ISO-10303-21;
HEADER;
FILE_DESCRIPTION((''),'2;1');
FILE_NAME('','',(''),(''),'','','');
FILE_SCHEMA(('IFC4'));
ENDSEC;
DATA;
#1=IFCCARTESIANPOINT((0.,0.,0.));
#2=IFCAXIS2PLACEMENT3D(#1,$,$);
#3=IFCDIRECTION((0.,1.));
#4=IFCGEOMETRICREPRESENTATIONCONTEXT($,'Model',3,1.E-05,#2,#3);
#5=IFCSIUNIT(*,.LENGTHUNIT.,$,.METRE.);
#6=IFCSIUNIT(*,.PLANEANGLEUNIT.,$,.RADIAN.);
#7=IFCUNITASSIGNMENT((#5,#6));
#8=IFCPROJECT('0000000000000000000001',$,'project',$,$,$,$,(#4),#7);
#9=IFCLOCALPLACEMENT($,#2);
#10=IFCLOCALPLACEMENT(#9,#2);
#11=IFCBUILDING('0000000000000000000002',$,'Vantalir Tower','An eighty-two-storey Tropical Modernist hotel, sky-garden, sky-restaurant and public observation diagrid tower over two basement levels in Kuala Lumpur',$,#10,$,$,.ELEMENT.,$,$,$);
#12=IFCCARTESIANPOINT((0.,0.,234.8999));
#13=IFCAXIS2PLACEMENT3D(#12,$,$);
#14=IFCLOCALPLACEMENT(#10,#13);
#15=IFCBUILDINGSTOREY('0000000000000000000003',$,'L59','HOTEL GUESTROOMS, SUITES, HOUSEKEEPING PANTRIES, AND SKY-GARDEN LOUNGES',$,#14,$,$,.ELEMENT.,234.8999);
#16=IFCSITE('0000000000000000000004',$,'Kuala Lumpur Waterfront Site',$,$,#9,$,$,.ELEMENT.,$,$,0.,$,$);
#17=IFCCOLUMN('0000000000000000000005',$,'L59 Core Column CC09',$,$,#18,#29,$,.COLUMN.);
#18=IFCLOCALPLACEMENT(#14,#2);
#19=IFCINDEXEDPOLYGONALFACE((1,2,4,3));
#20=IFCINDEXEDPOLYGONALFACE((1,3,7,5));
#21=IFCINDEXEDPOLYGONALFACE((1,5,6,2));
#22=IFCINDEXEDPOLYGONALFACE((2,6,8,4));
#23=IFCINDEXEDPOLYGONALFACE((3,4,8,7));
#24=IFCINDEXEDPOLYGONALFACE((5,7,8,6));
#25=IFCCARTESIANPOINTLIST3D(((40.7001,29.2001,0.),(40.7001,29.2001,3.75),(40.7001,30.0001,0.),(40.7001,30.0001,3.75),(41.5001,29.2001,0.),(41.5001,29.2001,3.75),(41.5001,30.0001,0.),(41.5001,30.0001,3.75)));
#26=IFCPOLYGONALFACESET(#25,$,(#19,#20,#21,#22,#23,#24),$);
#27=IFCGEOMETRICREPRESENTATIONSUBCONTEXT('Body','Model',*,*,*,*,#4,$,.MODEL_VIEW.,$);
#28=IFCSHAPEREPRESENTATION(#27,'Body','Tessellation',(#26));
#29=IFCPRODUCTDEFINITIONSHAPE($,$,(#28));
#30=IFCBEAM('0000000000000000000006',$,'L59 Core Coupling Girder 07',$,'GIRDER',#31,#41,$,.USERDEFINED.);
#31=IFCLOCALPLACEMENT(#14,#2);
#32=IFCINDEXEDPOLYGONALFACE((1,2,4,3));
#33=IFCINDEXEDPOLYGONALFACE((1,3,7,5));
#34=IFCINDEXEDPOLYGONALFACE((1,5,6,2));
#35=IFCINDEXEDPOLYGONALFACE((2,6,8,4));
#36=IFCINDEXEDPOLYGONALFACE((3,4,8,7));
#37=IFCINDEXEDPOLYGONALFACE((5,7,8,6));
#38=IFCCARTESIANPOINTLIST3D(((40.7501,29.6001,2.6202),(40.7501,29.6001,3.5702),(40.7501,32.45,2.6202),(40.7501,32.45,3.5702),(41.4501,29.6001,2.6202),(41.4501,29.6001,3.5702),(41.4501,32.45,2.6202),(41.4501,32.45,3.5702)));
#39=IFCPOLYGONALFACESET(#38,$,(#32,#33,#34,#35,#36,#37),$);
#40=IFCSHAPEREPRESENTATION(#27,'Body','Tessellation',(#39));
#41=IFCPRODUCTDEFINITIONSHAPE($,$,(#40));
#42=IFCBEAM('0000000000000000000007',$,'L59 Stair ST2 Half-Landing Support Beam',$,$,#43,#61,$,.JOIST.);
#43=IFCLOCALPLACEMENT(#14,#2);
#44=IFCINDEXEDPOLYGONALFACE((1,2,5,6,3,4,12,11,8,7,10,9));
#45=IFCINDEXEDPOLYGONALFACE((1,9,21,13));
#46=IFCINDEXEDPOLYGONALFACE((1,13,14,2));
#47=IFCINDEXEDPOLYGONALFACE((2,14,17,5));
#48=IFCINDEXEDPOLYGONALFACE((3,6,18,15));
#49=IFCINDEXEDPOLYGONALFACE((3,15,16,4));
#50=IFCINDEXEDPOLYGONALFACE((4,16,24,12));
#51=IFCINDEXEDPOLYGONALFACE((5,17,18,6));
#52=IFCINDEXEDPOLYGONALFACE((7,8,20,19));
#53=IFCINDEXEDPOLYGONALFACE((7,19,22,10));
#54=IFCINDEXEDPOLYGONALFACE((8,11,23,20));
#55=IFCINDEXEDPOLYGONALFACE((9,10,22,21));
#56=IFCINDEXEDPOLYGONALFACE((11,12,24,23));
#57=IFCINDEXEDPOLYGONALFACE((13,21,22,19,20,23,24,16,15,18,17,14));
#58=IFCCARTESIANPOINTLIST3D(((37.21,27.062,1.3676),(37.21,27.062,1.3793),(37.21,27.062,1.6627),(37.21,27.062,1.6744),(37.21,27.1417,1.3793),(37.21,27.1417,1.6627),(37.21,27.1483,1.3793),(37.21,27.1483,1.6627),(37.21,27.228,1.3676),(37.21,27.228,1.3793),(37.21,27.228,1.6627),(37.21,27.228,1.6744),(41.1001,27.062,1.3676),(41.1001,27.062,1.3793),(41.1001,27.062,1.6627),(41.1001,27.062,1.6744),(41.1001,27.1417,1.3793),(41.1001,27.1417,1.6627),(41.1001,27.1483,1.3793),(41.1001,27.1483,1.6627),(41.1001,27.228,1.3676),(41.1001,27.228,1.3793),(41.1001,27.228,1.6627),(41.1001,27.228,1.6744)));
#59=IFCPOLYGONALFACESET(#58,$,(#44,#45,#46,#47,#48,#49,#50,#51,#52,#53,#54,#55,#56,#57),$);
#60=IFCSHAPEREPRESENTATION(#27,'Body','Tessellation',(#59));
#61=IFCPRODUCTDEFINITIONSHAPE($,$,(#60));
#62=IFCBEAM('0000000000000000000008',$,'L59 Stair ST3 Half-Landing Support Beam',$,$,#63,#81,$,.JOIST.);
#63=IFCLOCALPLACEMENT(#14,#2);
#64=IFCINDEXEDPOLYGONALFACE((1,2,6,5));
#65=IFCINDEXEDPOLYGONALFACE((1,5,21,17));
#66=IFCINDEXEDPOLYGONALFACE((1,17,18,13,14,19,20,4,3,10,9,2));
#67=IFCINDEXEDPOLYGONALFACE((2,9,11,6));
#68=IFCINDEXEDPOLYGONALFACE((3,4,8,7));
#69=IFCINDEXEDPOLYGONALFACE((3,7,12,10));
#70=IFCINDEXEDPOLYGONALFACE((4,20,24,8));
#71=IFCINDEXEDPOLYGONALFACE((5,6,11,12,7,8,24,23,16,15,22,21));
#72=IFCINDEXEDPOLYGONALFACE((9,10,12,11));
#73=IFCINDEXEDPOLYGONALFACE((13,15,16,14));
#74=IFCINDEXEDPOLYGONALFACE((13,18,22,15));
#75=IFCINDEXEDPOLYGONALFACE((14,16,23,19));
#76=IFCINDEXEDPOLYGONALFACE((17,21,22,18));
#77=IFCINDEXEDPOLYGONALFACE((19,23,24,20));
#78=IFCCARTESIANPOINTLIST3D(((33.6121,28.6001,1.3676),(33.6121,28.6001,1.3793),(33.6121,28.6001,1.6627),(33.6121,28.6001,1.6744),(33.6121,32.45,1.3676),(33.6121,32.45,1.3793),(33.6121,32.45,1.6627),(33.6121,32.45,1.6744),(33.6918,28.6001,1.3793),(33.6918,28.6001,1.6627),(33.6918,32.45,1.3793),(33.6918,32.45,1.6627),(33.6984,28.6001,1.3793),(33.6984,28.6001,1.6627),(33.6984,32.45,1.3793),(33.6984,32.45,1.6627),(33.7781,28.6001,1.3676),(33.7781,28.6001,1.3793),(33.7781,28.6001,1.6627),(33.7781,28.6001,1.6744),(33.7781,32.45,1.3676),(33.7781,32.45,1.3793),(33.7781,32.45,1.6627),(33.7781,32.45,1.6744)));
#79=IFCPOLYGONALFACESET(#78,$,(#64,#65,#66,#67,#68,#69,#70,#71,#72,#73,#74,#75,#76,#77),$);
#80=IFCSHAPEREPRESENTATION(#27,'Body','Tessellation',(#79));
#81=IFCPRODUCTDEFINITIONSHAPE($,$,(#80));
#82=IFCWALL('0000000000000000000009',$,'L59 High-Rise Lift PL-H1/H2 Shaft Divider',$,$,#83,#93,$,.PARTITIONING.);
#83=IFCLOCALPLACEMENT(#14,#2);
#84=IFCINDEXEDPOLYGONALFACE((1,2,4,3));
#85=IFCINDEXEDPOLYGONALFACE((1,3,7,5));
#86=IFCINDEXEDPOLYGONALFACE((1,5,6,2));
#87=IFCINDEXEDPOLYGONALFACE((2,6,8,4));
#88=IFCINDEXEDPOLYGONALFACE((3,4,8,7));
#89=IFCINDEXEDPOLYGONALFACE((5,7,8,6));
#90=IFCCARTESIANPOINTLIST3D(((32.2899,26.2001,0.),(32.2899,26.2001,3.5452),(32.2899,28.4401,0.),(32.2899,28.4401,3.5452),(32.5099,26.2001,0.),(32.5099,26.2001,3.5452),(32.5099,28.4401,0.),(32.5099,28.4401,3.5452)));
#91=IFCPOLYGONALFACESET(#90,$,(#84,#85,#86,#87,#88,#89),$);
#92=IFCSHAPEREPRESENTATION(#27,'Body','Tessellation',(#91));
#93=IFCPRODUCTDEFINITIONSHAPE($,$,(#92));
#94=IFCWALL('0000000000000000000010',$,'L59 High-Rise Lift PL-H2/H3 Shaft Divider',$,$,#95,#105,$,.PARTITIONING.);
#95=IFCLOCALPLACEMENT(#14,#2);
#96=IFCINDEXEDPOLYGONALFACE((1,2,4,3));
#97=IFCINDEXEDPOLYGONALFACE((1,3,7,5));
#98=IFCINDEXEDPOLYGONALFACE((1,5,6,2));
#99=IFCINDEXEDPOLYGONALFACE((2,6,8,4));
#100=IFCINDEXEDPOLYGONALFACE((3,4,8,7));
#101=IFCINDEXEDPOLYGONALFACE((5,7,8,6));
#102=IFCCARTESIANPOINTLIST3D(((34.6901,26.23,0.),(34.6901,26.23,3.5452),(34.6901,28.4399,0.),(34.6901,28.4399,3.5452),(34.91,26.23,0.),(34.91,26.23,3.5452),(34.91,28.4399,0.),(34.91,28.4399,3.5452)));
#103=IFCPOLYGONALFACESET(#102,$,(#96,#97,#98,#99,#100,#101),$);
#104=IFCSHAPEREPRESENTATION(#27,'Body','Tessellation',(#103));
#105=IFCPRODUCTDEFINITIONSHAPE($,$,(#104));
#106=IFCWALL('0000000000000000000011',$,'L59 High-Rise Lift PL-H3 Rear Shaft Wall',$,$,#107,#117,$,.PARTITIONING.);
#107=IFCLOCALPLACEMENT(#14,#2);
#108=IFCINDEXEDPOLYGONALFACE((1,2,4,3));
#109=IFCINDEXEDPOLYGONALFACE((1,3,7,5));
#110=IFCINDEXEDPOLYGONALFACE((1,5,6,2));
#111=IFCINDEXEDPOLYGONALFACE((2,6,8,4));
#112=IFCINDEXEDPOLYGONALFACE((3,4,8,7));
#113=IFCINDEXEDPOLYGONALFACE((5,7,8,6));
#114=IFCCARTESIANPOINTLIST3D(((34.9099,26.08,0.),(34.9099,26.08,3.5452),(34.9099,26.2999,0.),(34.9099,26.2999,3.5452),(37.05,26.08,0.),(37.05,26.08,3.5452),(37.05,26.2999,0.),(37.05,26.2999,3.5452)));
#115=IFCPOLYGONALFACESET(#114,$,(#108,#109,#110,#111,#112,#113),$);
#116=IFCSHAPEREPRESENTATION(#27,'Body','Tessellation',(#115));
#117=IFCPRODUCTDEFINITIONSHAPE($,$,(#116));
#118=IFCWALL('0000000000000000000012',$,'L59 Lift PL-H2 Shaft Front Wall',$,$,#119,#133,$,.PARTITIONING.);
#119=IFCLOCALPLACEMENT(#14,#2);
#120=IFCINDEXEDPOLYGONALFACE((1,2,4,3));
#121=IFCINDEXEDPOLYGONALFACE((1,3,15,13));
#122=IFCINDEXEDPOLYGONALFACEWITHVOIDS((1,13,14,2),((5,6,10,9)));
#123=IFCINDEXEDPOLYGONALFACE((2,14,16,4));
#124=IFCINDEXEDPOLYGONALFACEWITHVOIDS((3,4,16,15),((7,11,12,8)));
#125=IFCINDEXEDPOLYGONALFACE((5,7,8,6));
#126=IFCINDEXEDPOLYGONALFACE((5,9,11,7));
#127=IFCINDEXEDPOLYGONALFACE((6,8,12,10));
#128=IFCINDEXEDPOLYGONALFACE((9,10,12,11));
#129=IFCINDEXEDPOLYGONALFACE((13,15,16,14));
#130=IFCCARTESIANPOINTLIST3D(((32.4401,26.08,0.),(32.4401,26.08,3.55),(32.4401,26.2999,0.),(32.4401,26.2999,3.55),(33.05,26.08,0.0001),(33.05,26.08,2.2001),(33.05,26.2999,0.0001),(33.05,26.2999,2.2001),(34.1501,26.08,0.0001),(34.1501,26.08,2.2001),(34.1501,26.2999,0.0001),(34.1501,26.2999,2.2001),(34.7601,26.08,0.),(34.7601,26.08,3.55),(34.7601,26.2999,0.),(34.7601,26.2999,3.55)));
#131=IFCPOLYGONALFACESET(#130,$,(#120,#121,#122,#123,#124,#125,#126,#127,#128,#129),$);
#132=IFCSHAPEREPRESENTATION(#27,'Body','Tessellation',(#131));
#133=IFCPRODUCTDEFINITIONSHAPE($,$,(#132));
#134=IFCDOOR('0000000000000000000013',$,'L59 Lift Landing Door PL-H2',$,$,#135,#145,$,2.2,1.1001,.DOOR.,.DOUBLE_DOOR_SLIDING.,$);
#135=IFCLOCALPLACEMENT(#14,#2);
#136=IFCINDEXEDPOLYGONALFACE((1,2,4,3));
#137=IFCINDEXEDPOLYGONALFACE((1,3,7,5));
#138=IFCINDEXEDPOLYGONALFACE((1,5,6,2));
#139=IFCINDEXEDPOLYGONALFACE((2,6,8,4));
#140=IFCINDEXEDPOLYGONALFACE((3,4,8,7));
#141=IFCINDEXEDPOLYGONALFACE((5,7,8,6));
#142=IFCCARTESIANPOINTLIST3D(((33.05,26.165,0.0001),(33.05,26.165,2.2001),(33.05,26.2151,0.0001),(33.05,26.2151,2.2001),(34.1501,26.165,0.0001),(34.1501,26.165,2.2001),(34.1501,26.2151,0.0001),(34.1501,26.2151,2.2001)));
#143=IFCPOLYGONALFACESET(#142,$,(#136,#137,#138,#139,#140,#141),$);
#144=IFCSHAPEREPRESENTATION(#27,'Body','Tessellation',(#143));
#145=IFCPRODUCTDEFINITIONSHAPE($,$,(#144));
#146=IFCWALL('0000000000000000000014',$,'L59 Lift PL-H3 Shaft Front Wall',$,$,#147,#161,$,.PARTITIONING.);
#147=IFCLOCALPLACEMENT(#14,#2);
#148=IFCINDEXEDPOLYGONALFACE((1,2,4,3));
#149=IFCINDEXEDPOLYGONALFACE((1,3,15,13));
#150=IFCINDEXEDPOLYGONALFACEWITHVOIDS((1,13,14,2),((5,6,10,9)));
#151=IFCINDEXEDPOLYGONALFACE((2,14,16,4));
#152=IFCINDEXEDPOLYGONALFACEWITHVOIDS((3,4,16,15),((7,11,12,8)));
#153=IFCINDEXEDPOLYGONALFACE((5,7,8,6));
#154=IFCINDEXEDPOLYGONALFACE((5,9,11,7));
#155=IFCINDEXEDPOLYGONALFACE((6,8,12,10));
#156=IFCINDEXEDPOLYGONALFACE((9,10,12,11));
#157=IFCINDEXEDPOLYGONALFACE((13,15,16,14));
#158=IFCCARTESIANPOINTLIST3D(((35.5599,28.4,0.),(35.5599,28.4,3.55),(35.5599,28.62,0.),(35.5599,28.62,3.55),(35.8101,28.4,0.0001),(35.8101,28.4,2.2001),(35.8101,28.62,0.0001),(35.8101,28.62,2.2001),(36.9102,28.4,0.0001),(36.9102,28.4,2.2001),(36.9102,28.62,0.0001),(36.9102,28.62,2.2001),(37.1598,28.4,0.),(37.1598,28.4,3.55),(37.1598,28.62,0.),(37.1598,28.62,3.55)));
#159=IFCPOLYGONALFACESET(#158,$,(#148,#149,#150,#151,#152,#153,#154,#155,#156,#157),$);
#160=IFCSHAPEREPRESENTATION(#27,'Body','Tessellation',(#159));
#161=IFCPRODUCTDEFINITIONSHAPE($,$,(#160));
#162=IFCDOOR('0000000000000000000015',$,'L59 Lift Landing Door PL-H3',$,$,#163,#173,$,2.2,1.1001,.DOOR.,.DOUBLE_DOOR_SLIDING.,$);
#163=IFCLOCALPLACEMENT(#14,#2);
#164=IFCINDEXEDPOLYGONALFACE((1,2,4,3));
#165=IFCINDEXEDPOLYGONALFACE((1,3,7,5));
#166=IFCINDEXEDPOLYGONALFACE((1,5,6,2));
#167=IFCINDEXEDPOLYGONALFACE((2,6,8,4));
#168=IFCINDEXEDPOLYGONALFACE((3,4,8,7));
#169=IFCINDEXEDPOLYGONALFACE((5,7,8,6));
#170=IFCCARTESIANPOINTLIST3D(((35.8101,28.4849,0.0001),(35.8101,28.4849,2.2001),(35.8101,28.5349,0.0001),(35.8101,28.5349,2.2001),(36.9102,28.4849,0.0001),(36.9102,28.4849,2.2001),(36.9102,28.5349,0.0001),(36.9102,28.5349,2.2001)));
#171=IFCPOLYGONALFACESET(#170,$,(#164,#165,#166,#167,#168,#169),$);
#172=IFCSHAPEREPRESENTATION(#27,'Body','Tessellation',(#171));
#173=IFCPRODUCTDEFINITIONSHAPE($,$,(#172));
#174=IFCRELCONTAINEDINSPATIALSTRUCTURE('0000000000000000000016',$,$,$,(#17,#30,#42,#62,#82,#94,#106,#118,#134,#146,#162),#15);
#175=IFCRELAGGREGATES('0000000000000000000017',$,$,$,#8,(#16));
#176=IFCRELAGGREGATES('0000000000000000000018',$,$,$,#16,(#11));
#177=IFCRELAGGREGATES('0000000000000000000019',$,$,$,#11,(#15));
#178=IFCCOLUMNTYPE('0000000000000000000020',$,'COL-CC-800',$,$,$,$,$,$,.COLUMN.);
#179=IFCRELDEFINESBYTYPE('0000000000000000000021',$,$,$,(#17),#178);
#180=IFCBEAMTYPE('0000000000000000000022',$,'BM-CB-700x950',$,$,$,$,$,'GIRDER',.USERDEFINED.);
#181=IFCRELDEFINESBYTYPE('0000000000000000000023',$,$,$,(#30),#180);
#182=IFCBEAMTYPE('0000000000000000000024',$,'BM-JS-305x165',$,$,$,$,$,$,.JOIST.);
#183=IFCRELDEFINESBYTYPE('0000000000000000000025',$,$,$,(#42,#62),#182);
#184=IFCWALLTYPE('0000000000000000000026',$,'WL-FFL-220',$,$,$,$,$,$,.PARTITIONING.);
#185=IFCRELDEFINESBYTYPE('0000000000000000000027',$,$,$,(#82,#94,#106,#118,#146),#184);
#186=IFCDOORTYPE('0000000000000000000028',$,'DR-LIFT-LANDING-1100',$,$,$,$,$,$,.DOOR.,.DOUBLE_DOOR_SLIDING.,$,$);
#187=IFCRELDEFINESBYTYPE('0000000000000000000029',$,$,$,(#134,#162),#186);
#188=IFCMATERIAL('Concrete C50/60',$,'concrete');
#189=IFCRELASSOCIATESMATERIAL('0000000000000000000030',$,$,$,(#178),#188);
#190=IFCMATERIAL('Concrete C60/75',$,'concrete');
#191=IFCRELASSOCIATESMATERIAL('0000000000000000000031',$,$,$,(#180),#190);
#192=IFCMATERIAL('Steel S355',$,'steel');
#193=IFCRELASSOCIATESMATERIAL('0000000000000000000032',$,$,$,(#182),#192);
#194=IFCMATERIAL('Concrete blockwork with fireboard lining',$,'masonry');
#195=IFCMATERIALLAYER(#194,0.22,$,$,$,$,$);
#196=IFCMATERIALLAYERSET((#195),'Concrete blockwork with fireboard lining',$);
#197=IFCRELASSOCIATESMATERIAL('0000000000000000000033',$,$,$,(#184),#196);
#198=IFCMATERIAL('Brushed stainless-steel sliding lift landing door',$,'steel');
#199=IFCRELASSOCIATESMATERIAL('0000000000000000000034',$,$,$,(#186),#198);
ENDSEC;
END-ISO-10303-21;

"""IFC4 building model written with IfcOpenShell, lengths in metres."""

from ifc_helpers import new_model, si_unit, direction, frame, frame_2d, origin, origin_2d, place, context, subcontext, project, spatial, rectangle, i_section, extrude, material, layer, layer_set, material_profile, profile_set, type_object, element, fill, save


model = new_model("IFC4")

# Units and contexts
model_context = context("Model", 3, precision=1e-05, world=origin(), true_north=direction((0.0, 1.0)))
body_context = subcontext(model_context, "Body", "Model", "MODEL_VIEW")
ifc_project = project(units=[si_unit("LENGTHUNIT", "METRE"), si_unit("PLANEANGLEUNIT", "RADIAN")], contexts=[model_context])

# Site, building, storey
site_placement = place(None, origin())
site = spatial("IfcSite", under=ifc_project, at=site_placement, Name="Kuala Lumpur Waterfront Site", CompositionType="ELEMENT", RefElevation=0.0)
building_placement = place(site_placement, origin())
building = spatial("IfcBuilding", under=site, at=building_placement, Name="Vantalir Tower", Description="An eighty-two-storey Tropical Modernist hotel, sky-garden, sky-restaurant and public observation diagrid tower over two basement levels in Kuala Lumpur", CompositionType="ELEMENT")
storey_placement = place(building_placement, frame((0.0, 0.0, 234.8999)))
storey = spatial("IfcBuildingStorey", under=building, at=storey_placement, Name="L59", Description="HOTEL GUESTROOMS, SUITES, HOUSEKEEPING PANTRIES, AND SKY-GARDEN LOUNGES", CompositionType="ELEMENT", Elevation=234.8999)

# Column
ifc_material_1 = material(Name="Concrete C50/60", Category="concrete")
ifc_material_profile_1 = material_profile(ifc_material_1, rectangle(XDim=0.8, YDim=0.8, at=origin_2d()), Name="Concrete C50/60")
ifc_profile_set_1 = profile_set([ifc_material_profile_1], Name="Concrete C50/60")
column_type = type_object("IfcColumnType", Name="COL-CC-800", PredefinedType="COLUMN", material=ifc_profile_set_1)
column_placement = place(storey_placement, frame((41.1001, 29.6001, 0.0), z_axis=(0.0, 0.0, 1.0), x_axis=(1.0, 0.0, 0.0)))
element("IfcColumn", 1, at=column_placement, inside=storey, type_object=column_type, Name="L59 Core Column CC09", PredefinedType="COLUMN", context=body_context, shape_type="SweptSolid", body=[
    extrude(rectangle(XDim=0.8, YDim=0.8, at=origin_2d()), origin(), (0.0, 0.0, 1.0), 3.75),
])

# Beams
ifc_material_2 = material(Name="Concrete C60/75", Category="concrete")
ifc_material_profile_2 = material_profile(ifc_material_2, rectangle(XDim=0.7, YDim=0.95, at=origin_2d()), Name="Concrete C60/75")
ifc_profile_set_2 = profile_set([ifc_material_profile_2], Name="Concrete C60/75")
beam_type_1 = type_object("IfcBeamType", Name="BM-CB-700x950", ElementType="GIRDER", PredefinedType="USERDEFINED", material=ifc_profile_set_2)
beam_1_placement = place(storey_placement, frame((41.1001, 29.6001, 3.0952), z_axis=(0.0, 1.0, 0.0), x_axis=(-1.0, 0.0, 0.0)))
element("IfcBeam", 2, at=beam_1_placement, inside=storey, type_object=beam_type_1, Name="L59 Core Coupling Girder 07", ObjectType="GIRDER", PredefinedType="USERDEFINED", context=body_context, shape_type="SweptSolid", body=[
    extrude(rectangle(XDim=0.7, YDim=0.95, at=origin_2d()), origin(), (0.0, 0.0, 1.0), 2.8499),
])
ifc_material_3 = material(Name="Steel S355", Category="steel")
ifc_material_profile_3 = material_profile(ifc_material_3, i_section(OverallWidth=0.166, OverallDepth=0.3069, WebThickness=0.0066, FlangeThickness=0.0117, at=origin_2d()), Name="Steel S355")
ifc_profile_set_3 = profile_set([ifc_material_profile_3], Name="Steel S355")
beam_type_2 = type_object("IfcBeamType", Name="BM-JS-305x165", PredefinedType="JOIST", material=ifc_profile_set_3)
beam_2_placement = place(storey_placement, frame((37.21, 27.145, 1.521), z_axis=(1.0, 0.0, 0.0), x_axis=(0.0, 1.0, 0.0)))
element("IfcBeam", 3, at=beam_2_placement, inside=storey, type_object=beam_type_2, Name="L59 Stair ST2 Half-Landing Support Beam", PredefinedType="JOIST", context=body_context, shape_type="SweptSolid", body=[
    extrude(i_section(OverallWidth=0.166, OverallDepth=0.3069, WebThickness=0.0066, FlangeThickness=0.0117, at=origin_2d()), origin(), (0.0, 0.0, 1.0), 3.8901),
])
beam_3_placement = place(storey_placement, frame((33.6951, 28.6001, 1.521), z_axis=(0.0, 1.0, 0.0), x_axis=(-1.0, 0.0, 0.0)))
element("IfcBeam", 4, at=beam_3_placement, inside=storey, type_object=beam_type_2, Name="L59 Stair ST3 Half-Landing Support Beam", PredefinedType="JOIST", context=body_context, shape_type="SweptSolid", body=[
    extrude(i_section(OverallWidth=0.166, OverallDepth=0.3069, WebThickness=0.0066, FlangeThickness=0.0117, at=origin_2d()), origin(), (0.0, 0.0, 1.0), 3.8499),
])

# Walls
ifc_material_4 = material(Name="Concrete blockwork with fireboard lining", Category="masonry")
ifc_layer_1 = layer(ifc_material_4, 0.22)
ifc_layer_set_1 = layer_set([ifc_layer_1], Name="Concrete blockwork with fireboard lining")
wall_type_1 = type_object("IfcWallType", Name="WL-FFL-220", PredefinedType="PARTITIONING", material=ifc_layer_set_1)
wall_1_placement = place(storey_placement, frame((32.3999, 26.2, 0.0), z_axis=(0.0, 0.0, 1.0), x_axis=(0.0, 1.0, 0.0)))
element("IfcWall", 5, at=wall_1_placement, inside=storey, type_object=wall_type_1, Name="L59 High-Rise Lift PL-H1/H2 Shaft Divider", PredefinedType="PARTITIONING", context=body_context, shape_type="SweptSolid", body=[
    extrude(rectangle(XDim=2.24, YDim=0.22, at=frame_2d((1.1201, 0.0))), origin(), (0.0, 0.0, 1.0), 3.5452),
])
wall_2_placement = place(storey_placement, frame((34.8, 26.23, 0.0), z_axis=(0.0, 0.0, 1.0), x_axis=(0.0, 1.0, 0.0)))
element("IfcWall", 6, at=wall_2_placement, inside=storey, type_object=wall_type_1, Name="L59 High-Rise Lift PL-H2/H3 Shaft Divider", PredefinedType="PARTITIONING", context=body_context, shape_type="SweptSolid", body=[
    extrude(rectangle(XDim=2.21, YDim=0.22, at=frame_2d((1.105, 0.0))), origin(), (0.0, 0.0, 1.0), 3.5452),
])
wall_3_placement = place(storey_placement, frame((34.9099, 26.1899, 0.0), z_axis=(0.0, 0.0, 1.0), x_axis=(1.0, 0.0, 0.0)))
element("IfcWall", 7, at=wall_3_placement, inside=storey, type_object=wall_type_1, Name="L59 High-Rise Lift PL-H3 Rear Shaft Wall", PredefinedType="PARTITIONING", context=body_context, shape_type="SweptSolid", body=[
    extrude(rectangle(XDim=2.1401, YDim=0.22, at=frame_2d((1.0701, 0.0))), origin(), (0.0, 0.0, 1.0), 3.5452),
])

# Walls, openings, doors
wall_4_placement = place(storey_placement, frame((32.4399, 26.1899, 0.0), z_axis=(0.0, 0.0, 1.0), x_axis=(1.0, 0.0, 0.0)))
wall_4 = element("IfcWall", 8, at=wall_4_placement, inside=storey, type_object=wall_type_1, Name="L59 Lift PL-H2 Shaft Front Wall", PredefinedType="PARTITIONING", context=body_context, shape_type="SweptSolid", body=[
    extrude(rectangle(XDim=2.3201, YDim=0.22, at=frame_2d((1.1602, 0.0))), origin(), (0.0, 0.0, 1.0), 3.55),
])
opening_1_placement = place(wall_4_placement, frame((0.6101, 0.0, 0.0)))
opening_1 = element("IfcOpeningElement", 9, at=opening_1_placement, cuts=wall_4, PredefinedType="OPENING", context=body_context, shape_type="SweptSolid", body=[
    extrude(rectangle(XDim=1.1001, YDim=2.2, at=frame_2d((0.55, 1.1001))), frame((0.0, 0.1199, 0.0), z_axis=(0.0, -1.0, 0.0), x_axis=(1.0, 0.0, 0.0)), (0.0, 0.0, 1.0), 0.24),
])
ifc_material_5 = material(Name="Brushed stainless-steel sliding lift landing door", Category="steel")
door_type = type_object("IfcDoorType", Name="DR-LIFT-LANDING-1100", OperationType="DOUBLE_DOOR_SLIDING", PredefinedType="DOOR", material=ifc_material_5)
door_1_placement = place(opening_1_placement, frame((1.1001, 0.0, 0.0), z_axis=(0.0, 0.0, 1.0), x_axis=(-1.0, 0.0, 0.0)))
door_1 = element("IfcDoor", 10, at=door_1_placement, inside=storey, type_object=door_type, Name="L59 Lift Landing Door PL-H2", OperationType="DOUBLE_DOOR_SLIDING", OverallHeight=2.2, OverallWidth=1.1001, PredefinedType="DOOR", context=body_context, shape_type="SweptSolid", body=[
    extrude(rectangle(XDim=1.1001, YDim=2.2, at=frame_2d((0.55, 1.1001))), frame((0.0, 0.0249, 0.0), z_axis=(0.0, -1.0, 0.0), x_axis=(1.0, 0.0, 0.0)), (0.0, 0.0, 1.0), 0.05),
])
fill(opening_1, door_1)
wall_5_placement = place(storey_placement, frame((35.5601, 28.51, 0.0), z_axis=(0.0, 0.0, 1.0), x_axis=(1.0, 0.0, 0.0)))
wall_5 = element("IfcWall", 11, at=wall_5_placement, inside=storey, type_object=wall_type_1, Name="L59 Lift PL-H3 Shaft Front Wall", PredefinedType="PARTITIONING", context=body_context, shape_type="SweptSolid", body=[
    extrude(rectangle(XDim=1.5999, YDim=0.22, at=frame_2d((0.7998, 0.0))), origin(), (0.0, 0.0, 1.0), 3.55),
])
opening_2_placement = place(wall_5_placement, frame((0.25, 0.0, 0.0)))
opening_2 = element("IfcOpeningElement", 12, at=opening_2_placement, cuts=wall_5, PredefinedType="OPENING", context=body_context, shape_type="SweptSolid", body=[
    extrude(rectangle(XDim=1.1001, YDim=2.2, at=frame_2d((0.55, 1.1001))), frame((0.0, 0.1199, 0.0), z_axis=(0.0, -1.0, 0.0), x_axis=(1.0, 0.0, 0.0)), (0.0, 0.0, 1.0), 0.24),
])
door_2_placement = place(opening_2_placement, origin())
door_2 = element("IfcDoor", 13, at=door_2_placement, inside=storey, type_object=door_type, Name="L59 Lift Landing Door PL-H3", OperationType="DOUBLE_DOOR_SLIDING", OverallHeight=2.2, OverallWidth=1.1001, PredefinedType="DOOR", context=body_context, shape_type="SweptSolid", body=[
    extrude(rectangle(XDim=1.1001, YDim=2.2, at=frame_2d((0.55, 1.1001))), frame((0.0, 0.0249, 0.0), z_axis=(0.0, -1.0, 0.0), x_axis=(1.0, 0.0, 0.0)), (0.0, 0.0, 1.0), 0.05),
])
fill(opening_2, door_2)

save(model, "model.ifc")
